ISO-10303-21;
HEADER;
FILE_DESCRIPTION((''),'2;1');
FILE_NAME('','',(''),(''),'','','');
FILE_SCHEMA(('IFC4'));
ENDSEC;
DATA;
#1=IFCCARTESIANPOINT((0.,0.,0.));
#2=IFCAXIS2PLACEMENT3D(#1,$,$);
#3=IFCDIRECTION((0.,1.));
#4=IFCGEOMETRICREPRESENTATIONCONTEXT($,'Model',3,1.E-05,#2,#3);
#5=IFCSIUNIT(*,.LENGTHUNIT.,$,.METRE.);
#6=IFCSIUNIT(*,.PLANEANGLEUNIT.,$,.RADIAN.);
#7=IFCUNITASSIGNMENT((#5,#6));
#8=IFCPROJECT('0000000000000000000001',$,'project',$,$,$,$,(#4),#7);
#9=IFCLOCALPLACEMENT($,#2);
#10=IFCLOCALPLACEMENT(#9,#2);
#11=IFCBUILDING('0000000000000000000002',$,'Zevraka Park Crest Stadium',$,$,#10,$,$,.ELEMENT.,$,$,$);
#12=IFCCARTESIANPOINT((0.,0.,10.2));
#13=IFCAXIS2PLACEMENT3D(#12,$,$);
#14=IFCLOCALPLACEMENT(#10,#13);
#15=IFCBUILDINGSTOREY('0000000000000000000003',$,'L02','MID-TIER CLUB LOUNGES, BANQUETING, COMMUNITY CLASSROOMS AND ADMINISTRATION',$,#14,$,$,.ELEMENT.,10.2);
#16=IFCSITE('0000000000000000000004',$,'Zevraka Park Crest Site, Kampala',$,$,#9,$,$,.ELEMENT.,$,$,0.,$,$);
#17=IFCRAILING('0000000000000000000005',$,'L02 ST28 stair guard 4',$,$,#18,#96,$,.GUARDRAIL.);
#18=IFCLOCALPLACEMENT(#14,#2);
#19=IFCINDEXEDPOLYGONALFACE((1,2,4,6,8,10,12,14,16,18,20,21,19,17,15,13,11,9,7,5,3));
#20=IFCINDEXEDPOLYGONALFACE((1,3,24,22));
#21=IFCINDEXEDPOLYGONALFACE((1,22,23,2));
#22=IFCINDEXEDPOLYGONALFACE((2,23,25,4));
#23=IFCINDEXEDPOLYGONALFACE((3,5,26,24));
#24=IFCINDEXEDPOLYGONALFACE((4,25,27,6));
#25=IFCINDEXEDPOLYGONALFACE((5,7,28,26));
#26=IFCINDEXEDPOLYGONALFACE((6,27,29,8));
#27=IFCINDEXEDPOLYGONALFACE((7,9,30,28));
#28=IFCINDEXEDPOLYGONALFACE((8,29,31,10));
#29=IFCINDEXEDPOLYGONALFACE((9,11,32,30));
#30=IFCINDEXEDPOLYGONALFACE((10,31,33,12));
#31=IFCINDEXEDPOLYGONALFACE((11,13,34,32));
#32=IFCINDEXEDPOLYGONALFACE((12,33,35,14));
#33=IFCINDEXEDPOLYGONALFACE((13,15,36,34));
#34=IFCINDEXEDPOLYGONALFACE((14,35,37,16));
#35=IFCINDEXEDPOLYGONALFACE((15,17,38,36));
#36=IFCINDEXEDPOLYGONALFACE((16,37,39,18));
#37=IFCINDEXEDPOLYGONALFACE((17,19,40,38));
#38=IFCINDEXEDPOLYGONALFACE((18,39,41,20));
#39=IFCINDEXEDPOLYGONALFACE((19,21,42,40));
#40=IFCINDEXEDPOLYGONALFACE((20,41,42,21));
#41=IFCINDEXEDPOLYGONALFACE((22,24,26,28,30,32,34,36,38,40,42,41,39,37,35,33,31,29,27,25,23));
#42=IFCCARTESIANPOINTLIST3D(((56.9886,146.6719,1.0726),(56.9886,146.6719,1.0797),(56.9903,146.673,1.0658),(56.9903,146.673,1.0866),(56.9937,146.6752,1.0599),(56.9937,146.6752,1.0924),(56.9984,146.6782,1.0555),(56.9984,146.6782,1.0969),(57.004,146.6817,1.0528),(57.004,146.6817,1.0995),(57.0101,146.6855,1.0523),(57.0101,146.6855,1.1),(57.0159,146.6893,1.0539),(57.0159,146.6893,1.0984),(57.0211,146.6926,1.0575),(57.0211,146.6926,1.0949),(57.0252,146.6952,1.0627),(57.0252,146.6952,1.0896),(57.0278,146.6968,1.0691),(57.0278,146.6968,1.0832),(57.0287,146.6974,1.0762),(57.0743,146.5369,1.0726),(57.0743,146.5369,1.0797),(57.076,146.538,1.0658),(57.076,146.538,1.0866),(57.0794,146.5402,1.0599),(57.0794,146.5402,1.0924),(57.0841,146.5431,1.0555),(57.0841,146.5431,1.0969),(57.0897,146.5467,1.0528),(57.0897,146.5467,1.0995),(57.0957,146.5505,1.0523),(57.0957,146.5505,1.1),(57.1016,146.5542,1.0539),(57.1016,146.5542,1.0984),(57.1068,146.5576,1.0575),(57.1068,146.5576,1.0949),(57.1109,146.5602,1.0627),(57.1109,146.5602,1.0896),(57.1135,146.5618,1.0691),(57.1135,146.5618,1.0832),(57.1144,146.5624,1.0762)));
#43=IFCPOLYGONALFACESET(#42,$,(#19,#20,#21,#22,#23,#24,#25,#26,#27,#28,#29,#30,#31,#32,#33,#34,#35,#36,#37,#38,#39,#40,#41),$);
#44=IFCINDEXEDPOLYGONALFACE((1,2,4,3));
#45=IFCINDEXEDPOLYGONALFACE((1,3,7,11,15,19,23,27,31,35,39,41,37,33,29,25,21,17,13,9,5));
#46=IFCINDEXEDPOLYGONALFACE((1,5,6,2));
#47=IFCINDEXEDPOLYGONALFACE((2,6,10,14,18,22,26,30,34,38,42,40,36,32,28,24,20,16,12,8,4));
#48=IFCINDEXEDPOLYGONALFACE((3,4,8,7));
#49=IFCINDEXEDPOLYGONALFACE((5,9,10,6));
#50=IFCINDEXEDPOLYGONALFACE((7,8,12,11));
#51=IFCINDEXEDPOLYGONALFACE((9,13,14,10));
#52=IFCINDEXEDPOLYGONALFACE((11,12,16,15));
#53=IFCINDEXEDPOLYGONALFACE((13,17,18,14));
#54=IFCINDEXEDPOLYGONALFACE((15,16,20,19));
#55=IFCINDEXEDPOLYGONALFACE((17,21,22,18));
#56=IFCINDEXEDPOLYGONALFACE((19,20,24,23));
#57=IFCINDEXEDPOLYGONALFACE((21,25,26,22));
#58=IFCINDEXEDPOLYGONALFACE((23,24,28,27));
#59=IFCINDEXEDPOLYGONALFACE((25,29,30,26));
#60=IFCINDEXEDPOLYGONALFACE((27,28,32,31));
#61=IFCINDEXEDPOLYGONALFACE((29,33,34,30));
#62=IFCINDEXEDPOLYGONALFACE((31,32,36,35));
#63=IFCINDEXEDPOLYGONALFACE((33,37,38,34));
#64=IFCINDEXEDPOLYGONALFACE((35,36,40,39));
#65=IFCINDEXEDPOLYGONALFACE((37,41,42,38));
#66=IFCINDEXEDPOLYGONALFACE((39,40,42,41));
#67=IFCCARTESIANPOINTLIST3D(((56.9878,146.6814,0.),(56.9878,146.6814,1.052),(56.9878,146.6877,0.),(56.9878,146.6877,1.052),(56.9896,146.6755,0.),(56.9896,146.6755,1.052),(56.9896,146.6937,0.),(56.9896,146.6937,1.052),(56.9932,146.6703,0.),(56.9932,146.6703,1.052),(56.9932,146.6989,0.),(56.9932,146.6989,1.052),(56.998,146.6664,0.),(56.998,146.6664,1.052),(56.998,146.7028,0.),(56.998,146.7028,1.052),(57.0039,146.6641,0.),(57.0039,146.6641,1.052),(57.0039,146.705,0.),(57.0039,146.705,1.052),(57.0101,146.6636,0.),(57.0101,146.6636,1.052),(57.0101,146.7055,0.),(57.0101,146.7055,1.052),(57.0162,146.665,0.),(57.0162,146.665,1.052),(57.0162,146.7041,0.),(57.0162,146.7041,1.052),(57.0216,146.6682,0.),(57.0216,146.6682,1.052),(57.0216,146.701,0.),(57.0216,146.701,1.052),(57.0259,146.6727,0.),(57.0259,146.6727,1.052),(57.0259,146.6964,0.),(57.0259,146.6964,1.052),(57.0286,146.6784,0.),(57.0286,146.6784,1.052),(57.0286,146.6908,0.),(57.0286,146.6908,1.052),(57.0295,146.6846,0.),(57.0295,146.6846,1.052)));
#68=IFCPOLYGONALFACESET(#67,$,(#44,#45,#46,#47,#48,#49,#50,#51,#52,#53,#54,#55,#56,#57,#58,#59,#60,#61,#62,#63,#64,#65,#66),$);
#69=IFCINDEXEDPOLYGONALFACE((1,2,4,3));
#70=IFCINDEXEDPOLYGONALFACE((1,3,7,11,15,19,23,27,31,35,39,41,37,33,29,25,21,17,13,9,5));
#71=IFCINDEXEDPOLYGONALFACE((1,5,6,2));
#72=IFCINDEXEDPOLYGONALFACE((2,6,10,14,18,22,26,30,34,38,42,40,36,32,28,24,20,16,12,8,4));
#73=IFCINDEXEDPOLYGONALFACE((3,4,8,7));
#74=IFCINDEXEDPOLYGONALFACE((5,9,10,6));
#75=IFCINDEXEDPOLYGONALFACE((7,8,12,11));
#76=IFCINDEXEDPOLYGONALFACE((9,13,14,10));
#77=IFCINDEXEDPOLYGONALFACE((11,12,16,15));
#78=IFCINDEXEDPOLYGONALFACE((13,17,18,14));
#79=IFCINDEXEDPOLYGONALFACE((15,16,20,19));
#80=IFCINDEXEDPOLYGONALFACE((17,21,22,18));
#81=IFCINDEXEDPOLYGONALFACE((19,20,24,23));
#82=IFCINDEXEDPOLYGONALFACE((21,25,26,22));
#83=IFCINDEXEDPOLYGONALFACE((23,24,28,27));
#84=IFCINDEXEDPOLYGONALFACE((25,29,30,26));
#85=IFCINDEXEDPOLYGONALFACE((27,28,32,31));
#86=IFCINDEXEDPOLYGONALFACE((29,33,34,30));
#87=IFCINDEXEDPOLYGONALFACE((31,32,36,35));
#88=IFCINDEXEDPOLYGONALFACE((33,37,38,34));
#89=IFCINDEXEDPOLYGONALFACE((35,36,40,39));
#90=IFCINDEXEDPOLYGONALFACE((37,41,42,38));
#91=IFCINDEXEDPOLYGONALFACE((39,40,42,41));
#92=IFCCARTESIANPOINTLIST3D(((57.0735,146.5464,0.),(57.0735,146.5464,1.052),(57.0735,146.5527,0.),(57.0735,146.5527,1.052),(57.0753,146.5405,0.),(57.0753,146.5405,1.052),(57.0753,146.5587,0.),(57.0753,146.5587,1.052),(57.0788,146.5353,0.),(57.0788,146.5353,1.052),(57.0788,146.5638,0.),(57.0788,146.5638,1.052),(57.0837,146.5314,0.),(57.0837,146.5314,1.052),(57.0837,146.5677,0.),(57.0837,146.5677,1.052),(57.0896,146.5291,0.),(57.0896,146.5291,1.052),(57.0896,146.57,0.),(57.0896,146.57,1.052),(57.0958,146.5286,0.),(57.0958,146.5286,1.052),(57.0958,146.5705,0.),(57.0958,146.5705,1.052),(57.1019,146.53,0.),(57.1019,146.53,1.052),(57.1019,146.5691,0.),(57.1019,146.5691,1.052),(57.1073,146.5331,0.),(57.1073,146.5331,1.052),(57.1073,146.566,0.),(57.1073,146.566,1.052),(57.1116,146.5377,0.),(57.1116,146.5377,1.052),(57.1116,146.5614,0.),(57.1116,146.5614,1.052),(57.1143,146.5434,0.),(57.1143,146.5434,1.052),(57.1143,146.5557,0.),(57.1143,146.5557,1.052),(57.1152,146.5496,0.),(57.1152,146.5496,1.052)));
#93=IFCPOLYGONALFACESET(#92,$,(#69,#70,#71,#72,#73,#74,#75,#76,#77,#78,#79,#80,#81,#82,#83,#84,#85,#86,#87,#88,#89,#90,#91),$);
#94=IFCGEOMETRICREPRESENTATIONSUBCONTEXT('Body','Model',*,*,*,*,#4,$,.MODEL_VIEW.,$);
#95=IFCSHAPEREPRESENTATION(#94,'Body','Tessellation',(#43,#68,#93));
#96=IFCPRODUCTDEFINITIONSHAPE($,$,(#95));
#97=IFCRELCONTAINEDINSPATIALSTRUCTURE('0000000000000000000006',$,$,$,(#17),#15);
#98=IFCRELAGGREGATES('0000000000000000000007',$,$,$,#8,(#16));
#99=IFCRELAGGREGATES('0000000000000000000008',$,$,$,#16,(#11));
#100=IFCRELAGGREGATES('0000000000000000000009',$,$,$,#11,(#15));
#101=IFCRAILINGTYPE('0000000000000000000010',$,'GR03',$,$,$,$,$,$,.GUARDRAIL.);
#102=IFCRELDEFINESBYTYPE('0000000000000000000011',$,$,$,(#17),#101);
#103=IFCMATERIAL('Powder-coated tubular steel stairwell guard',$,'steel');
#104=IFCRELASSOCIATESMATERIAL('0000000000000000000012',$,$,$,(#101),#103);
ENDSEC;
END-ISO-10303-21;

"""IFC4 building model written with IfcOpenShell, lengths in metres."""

from ifc_helpers import new_model, si_unit, direction, frame, origin, origin_2d, place, context, subcontext, project, spatial, circle, extrude, material, type_object, element, save


model = new_model("IFC4")

# Units and contexts
model_context = context("Model", 3, precision=1e-05, world=origin(), true_north=direction((0.0, 1.0)))
body_context = subcontext(model_context, "Body", "Model", "MODEL_VIEW")
ifc_project = project(units=[si_unit("LENGTHUNIT", "METRE"), si_unit("PLANEANGLEUNIT", "RADIAN")], contexts=[model_context])

# Site, building, storey
site_placement = place(None, origin())
site = spatial("IfcSite", under=ifc_project, at=site_placement, Name="Zevraka Park Crest Site, Kampala", CompositionType="ELEMENT", RefElevation=0.0)
building_placement = place(site_placement, origin())
building = spatial("IfcBuilding", under=site, at=building_placement, Name="Zevraka Park Crest Stadium", CompositionType="ELEMENT")
storey_placement = place(building_placement, frame((0.0, 0.0, 10.2)))
storey = spatial("IfcBuildingStorey", under=building, at=storey_placement, Name="L02", Description="MID-TIER CLUB LOUNGES, BANQUETING, COMMUNITY CLASSROOMS AND ADMINISTRATION", CompositionType="ELEMENT", Elevation=10.2)

# Railing
ifc_material_1 = material(Name="Powder-coated tubular steel stairwell guard", Category="steel")
railing_type_1 = type_object("IfcRailingType", Name="GR03", PredefinedType="GUARDRAIL", material=ifc_material_1)
railing_1_placement = place(storey_placement, frame((57.0085, 146.6846, 0.0)))
element("IfcRailing", 1, at=railing_1_placement, inside=storey, type_object=railing_type_1, Name="L02 ST28 stair guard 4", PredefinedType="GUARDRAIL", context=body_context, shape_type="SweptSolid", body=[
    extrude(circle(Radius=0.0239, at=origin_2d()), frame((0.0, 0.0, 1.0762), z_axis=(0.535887, -0.84429, 0.0), x_axis=(0.84429, 0.535887, 0.0)), (0.0, 0.0, 1.0), 0.1599),
    extrude(circle(Radius=0.021, at=origin_2d()), origin(), (0.0, 0.0, 1.0), 1.052),
    extrude(circle(Radius=0.021, at=origin_2d()), frame((0.0857, -0.135, 0.0)), (0.0, 0.0, 1.0), 1.052),
])

save(model, "model.ifc")
